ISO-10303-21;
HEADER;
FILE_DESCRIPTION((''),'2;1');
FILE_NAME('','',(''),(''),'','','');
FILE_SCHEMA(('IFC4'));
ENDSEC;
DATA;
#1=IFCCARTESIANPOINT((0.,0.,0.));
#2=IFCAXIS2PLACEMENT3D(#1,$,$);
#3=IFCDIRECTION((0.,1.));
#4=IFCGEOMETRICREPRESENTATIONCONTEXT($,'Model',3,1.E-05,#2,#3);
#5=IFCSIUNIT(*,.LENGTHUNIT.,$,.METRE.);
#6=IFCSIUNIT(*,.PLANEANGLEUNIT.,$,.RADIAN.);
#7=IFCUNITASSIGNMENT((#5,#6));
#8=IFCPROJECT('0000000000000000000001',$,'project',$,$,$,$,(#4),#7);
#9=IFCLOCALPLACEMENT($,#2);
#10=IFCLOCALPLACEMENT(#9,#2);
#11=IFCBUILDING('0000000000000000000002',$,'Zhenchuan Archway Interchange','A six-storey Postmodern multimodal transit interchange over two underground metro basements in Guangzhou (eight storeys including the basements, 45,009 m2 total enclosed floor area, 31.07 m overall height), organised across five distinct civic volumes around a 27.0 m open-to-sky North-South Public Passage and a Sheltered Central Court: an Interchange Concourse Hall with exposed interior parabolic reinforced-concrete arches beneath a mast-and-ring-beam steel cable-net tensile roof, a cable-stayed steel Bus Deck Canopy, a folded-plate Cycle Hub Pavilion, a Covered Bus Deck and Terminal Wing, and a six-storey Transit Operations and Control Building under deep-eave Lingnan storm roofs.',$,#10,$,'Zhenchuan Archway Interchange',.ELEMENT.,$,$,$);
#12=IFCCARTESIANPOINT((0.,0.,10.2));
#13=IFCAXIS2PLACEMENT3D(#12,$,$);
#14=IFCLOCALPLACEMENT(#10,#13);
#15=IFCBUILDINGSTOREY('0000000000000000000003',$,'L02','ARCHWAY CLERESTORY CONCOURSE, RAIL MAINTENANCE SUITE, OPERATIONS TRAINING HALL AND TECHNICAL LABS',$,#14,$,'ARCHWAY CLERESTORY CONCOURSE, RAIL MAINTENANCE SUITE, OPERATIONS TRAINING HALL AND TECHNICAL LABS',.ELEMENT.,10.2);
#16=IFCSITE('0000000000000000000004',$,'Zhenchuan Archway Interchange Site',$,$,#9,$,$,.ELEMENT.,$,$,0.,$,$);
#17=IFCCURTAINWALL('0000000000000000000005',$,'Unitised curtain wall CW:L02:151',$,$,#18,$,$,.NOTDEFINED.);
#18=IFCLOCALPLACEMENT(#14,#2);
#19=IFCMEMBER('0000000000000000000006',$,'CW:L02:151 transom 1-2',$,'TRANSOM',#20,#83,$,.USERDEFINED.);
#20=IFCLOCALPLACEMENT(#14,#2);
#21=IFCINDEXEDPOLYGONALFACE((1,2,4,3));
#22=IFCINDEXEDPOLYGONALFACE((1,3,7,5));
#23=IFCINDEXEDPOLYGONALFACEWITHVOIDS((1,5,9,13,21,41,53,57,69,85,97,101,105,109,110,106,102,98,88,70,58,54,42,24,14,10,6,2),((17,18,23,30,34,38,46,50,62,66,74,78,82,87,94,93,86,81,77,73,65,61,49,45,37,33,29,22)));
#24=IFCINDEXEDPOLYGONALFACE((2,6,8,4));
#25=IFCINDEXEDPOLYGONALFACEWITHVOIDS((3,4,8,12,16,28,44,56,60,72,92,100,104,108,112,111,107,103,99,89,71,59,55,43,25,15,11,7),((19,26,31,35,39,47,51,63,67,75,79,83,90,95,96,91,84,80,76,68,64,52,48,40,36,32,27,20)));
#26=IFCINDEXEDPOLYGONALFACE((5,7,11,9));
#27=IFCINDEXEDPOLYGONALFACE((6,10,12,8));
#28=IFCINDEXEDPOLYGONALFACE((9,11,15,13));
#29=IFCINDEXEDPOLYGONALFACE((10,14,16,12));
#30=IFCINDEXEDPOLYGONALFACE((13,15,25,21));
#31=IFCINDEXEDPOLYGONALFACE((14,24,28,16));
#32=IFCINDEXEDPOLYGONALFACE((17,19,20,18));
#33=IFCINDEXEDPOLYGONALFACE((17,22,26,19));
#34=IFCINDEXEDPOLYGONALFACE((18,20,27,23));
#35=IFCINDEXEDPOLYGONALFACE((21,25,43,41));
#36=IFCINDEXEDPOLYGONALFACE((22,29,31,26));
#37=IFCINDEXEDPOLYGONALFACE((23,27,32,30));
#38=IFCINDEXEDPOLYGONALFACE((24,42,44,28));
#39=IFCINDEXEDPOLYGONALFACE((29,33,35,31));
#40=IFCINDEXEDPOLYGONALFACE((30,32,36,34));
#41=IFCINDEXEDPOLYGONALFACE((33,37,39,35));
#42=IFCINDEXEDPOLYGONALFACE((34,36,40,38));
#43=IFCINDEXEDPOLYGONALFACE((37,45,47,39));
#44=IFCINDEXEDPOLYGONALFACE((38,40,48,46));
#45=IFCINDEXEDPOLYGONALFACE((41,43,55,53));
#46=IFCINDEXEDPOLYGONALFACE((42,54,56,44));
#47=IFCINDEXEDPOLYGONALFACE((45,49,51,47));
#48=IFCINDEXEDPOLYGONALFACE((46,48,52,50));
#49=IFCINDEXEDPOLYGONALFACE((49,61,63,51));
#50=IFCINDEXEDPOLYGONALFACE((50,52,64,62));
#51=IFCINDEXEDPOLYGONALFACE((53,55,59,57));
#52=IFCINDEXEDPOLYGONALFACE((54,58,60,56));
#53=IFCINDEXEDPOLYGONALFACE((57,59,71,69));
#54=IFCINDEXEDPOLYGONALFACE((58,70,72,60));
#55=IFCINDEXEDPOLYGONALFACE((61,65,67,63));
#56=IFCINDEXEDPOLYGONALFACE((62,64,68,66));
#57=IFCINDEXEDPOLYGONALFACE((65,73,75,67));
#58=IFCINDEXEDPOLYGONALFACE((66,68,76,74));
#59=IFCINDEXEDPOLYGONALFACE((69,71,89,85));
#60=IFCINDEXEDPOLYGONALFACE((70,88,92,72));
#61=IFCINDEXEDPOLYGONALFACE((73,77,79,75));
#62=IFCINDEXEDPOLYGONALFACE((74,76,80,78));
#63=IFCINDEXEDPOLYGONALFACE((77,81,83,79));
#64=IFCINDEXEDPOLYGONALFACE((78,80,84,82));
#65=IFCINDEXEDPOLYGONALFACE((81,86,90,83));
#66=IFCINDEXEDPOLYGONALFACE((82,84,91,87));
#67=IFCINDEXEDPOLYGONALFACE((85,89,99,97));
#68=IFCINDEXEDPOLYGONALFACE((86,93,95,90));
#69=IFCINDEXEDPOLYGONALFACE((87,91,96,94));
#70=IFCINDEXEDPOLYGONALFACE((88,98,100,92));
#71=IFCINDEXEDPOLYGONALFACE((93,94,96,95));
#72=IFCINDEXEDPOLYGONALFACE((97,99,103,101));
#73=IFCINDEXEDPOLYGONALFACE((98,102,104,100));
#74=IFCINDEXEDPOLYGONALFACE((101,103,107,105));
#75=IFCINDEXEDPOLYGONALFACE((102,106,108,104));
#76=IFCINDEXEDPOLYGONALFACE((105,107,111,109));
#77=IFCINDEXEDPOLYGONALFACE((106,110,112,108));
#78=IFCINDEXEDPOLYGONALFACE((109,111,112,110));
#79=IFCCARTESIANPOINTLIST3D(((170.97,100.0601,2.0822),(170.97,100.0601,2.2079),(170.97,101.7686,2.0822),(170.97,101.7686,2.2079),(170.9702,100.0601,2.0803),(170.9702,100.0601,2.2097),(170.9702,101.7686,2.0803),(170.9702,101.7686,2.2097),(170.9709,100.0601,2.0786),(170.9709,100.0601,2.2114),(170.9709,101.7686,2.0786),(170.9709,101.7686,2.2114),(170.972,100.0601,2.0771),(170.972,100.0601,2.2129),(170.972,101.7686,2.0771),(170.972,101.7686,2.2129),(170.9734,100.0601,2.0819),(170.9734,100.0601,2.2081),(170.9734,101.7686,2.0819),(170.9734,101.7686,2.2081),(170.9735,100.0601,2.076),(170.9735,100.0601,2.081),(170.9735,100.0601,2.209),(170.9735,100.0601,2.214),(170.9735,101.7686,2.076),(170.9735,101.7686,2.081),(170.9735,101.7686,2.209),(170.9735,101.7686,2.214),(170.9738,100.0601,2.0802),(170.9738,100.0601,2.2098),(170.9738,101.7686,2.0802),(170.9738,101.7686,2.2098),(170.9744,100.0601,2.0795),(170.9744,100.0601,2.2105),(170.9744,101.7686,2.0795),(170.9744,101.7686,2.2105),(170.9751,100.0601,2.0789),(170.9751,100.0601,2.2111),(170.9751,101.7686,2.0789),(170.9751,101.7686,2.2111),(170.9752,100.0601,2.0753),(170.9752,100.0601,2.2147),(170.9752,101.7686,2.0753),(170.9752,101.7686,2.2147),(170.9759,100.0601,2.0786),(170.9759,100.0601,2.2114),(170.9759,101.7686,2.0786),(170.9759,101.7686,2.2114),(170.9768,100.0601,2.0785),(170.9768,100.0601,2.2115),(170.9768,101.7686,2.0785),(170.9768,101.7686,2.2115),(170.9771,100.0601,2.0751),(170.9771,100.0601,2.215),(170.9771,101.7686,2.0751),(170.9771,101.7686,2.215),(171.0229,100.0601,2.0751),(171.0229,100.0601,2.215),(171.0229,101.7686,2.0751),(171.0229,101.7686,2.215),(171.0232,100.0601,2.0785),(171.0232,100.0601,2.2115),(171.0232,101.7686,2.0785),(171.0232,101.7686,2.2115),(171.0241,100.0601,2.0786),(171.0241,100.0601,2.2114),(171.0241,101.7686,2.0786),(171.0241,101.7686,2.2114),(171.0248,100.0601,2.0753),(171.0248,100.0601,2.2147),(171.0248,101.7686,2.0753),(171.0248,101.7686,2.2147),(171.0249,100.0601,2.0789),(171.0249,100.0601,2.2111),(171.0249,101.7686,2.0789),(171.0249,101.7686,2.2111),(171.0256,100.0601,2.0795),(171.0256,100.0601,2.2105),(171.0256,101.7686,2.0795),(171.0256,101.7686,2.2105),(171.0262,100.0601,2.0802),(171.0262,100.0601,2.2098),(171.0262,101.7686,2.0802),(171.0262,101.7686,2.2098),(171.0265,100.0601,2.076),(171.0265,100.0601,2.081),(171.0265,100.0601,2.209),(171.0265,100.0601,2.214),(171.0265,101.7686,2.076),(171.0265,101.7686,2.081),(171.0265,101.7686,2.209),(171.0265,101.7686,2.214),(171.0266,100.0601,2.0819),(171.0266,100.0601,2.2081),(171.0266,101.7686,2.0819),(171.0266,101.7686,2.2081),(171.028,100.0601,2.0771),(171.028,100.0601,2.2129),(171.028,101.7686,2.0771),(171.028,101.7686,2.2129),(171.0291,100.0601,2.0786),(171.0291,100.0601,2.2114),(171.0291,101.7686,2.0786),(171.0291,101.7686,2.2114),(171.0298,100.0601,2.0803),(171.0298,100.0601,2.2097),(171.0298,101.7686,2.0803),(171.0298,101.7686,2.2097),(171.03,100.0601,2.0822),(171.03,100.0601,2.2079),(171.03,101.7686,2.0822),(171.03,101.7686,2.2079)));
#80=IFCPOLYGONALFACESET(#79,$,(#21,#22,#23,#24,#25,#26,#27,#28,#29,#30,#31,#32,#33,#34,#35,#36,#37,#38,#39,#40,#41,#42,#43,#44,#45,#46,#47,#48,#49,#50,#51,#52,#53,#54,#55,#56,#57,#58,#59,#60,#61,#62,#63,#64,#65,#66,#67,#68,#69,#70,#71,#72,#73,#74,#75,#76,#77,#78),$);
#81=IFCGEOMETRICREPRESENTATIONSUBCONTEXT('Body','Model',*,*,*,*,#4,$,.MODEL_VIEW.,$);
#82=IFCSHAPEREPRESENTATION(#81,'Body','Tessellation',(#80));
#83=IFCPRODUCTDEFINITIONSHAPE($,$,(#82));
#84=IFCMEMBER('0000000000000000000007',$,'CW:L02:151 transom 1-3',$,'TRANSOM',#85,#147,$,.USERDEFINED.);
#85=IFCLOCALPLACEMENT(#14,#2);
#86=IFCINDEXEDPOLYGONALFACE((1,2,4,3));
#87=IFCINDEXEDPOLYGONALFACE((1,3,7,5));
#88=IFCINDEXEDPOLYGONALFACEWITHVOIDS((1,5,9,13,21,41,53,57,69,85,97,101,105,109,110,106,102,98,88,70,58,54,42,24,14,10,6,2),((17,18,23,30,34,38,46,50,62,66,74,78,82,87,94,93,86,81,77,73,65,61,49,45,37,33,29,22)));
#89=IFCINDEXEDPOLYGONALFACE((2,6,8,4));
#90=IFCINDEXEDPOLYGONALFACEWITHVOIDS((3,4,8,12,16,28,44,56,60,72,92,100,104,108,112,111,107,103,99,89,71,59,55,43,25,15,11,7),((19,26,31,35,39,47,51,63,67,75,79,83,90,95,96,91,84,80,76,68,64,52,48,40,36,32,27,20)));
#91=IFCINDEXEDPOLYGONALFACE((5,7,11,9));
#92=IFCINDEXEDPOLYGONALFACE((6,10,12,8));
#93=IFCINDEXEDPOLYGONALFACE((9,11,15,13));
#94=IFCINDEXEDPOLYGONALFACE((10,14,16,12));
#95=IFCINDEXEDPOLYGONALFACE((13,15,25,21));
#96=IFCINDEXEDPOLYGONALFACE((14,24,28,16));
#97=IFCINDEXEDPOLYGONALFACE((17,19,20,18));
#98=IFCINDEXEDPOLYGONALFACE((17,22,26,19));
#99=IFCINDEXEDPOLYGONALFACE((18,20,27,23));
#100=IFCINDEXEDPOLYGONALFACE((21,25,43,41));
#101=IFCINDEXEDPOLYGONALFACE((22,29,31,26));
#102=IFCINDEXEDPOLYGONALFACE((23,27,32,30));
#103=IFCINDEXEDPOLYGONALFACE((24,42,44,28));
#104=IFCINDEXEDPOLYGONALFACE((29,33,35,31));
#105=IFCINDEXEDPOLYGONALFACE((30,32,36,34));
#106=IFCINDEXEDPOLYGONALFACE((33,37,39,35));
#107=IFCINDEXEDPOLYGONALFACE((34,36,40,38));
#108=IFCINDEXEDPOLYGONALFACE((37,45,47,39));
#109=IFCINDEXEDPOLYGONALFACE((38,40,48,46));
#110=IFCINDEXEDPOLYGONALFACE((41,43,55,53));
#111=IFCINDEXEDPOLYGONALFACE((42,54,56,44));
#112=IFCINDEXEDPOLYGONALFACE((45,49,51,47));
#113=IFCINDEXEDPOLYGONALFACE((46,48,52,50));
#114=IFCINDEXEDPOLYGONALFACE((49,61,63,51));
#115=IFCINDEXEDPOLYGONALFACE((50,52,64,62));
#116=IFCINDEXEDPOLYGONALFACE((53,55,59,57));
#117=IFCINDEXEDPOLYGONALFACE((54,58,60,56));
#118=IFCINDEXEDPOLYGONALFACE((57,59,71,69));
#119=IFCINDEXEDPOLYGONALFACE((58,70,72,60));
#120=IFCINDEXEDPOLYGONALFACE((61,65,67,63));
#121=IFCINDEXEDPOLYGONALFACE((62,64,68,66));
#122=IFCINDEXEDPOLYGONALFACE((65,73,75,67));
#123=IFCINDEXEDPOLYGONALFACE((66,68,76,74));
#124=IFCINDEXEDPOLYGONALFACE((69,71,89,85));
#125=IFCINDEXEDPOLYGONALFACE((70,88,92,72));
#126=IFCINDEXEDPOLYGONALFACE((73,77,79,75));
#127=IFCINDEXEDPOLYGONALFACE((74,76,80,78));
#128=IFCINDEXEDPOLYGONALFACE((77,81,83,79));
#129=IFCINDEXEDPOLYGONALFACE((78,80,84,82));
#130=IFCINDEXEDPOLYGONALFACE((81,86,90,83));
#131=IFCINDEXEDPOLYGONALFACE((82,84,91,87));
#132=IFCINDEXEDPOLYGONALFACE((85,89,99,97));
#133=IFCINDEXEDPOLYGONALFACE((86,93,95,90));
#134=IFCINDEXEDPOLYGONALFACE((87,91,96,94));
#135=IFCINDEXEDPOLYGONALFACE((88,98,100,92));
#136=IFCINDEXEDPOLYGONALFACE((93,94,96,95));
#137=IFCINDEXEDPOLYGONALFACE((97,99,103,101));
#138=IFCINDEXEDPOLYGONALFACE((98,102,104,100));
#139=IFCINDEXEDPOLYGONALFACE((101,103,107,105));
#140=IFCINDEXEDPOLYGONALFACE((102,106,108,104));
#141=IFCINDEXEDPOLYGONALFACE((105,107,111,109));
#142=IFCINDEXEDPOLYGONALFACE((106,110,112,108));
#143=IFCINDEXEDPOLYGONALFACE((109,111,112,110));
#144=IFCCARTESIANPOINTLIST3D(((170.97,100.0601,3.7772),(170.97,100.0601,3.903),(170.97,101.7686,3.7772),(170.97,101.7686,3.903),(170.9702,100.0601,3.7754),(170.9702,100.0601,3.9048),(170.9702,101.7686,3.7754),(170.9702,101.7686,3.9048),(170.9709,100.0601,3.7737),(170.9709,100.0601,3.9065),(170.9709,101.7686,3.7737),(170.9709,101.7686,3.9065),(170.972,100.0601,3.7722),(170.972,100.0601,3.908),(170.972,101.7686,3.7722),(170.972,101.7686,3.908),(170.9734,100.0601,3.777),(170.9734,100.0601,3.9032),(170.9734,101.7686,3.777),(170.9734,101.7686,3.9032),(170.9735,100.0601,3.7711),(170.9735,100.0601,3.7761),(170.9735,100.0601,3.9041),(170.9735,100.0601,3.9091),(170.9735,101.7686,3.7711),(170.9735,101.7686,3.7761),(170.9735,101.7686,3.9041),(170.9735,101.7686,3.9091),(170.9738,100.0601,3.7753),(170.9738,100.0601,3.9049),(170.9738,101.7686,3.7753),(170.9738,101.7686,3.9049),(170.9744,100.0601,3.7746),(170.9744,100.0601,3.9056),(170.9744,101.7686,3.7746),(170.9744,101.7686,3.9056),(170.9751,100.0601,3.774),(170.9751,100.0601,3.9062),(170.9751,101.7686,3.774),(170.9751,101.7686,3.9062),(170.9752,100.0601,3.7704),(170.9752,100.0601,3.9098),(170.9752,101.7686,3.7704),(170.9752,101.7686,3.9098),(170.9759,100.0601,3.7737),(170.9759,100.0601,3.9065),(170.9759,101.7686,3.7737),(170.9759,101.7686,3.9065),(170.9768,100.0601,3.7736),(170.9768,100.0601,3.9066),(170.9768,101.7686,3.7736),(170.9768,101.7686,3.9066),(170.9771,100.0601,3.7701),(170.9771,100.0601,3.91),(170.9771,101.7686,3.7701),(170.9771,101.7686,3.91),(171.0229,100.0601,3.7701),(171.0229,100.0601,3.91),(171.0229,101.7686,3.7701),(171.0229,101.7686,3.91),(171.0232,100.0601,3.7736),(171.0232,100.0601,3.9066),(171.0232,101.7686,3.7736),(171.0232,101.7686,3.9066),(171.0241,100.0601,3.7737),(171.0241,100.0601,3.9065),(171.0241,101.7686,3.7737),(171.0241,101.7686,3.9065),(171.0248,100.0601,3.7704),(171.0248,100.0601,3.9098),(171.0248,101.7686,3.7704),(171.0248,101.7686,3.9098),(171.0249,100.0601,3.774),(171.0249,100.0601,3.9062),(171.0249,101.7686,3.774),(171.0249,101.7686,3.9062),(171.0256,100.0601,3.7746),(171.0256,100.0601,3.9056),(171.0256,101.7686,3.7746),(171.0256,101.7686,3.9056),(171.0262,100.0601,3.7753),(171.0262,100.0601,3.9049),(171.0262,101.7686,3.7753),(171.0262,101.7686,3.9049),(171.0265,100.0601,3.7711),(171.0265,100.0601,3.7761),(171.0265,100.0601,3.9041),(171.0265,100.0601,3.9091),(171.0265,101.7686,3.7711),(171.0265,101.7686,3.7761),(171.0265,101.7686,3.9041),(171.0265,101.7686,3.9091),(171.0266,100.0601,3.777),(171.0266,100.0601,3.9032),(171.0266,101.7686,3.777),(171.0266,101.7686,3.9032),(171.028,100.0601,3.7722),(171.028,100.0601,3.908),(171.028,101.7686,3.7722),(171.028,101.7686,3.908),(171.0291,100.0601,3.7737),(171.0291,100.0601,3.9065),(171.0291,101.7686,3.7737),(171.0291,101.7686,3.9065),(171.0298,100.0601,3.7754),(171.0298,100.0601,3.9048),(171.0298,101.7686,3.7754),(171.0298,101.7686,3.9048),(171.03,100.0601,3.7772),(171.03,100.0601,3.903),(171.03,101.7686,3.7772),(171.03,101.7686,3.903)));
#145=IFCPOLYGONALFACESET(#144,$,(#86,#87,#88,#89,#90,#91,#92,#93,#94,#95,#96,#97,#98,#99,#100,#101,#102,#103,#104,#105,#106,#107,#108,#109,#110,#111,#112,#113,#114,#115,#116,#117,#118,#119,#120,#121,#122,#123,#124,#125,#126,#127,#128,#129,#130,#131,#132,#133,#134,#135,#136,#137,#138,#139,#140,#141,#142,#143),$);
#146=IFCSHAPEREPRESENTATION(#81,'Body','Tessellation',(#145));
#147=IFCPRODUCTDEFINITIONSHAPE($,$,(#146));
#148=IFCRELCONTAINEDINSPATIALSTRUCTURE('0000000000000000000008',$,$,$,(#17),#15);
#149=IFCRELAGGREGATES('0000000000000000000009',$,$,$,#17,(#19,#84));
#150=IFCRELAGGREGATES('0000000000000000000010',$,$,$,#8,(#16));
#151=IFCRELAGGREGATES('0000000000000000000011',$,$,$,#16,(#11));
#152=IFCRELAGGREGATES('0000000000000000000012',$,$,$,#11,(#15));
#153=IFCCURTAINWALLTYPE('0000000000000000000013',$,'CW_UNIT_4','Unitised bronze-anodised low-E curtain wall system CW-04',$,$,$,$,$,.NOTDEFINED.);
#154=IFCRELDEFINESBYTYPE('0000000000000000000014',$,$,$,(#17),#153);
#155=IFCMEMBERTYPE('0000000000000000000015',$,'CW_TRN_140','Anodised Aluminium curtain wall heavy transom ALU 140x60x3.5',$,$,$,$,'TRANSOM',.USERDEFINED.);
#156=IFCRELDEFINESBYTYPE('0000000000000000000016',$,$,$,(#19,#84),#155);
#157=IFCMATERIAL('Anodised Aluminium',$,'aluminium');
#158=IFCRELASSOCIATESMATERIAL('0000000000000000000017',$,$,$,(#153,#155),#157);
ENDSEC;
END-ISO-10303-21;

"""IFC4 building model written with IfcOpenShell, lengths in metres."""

from ifc_helpers import new_model, si_unit, direction, frame, origin, origin_2d, place, context, subcontext, project, spatial, hollow_rectangle, extrude, material, material_profile, profile_set, type_object, element, aggregate, save


model = new_model("IFC4")

# Units and contexts
model_context = context("Model", 3, precision=1e-05, world=origin(), true_north=direction((0.0, 1.0)))
body_context = subcontext(model_context, "Body", "Model", "MODEL_VIEW")
ifc_project = project(units=[si_unit("LENGTHUNIT", "METRE"), si_unit("PLANEANGLEUNIT", "RADIAN")], contexts=[model_context])

# Site, building, storey
site_placement = place(None, origin())
site = spatial("IfcSite", under=ifc_project, at=site_placement, Name="Zhenchuan Archway Interchange Site", CompositionType="ELEMENT", RefElevation=0.0)
building_placement = place(site_placement, origin())
building = spatial("IfcBuilding", under=site, at=building_placement, Name="Zhenchuan Archway Interchange", Description="A six-storey Postmodern multimodal transit interchange over two underground metro basements in Guangzhou (eight storeys including the basements, 45,009 m2 total enclosed floor area, 31.07 m overall height), organised across five distinct civic volumes around a 27.0 m open-to-sky North-South Public Passage and a Sheltered Central Court: an Interchange Concourse Hall with exposed interior parabolic reinforced-concrete arches beneath a mast-and-ring-beam steel cable-net tensile roof, a cable-stayed steel Bus Deck Canopy, a folded-plate Cycle Hub Pavilion, a Covered Bus Deck and Terminal Wing, and a six-storey Transit Operations and Control Building under deep-eave Lingnan storm roofs.", LongName="Zhenchuan Archway Interchange", CompositionType="ELEMENT")
storey_placement = place(building_placement, frame((0.0, 0.0, 10.2)))
storey = spatial("IfcBuildingStorey", under=building, at=storey_placement, Name="L02", Description="ARCHWAY CLERESTORY CONCOURSE, RAIL MAINTENANCE SUITE, OPERATIONS TRAINING HALL AND TECHNICAL LABS", LongName="ARCHWAY CLERESTORY CONCOURSE, RAIL MAINTENANCE SUITE, OPERATIONS TRAINING HALL AND TECHNICAL LABS", CompositionType="ELEMENT", Elevation=10.2)

# Curtain wall, members
ifc_material_1 = material(Name="Anodised Aluminium", Category="aluminium")
curtain_wall_type = type_object("IfcCurtainWallType", Name="CW_UNIT_4", Description="Unitised bronze-anodised low-E curtain wall system CW-04", PredefinedType="NOTDEFINED", material=ifc_material_1)
curtain_wall_placement = place(storey_placement, origin())
curtain_wall = element("IfcCurtainWall", 1, at=curtain_wall_placement, inside=storey, type_object=curtain_wall_type, Name="Unitised curtain wall CW:L02:151", PredefinedType="NOTDEFINED")
ifc_material_profile_1 = material_profile(ifc_material_1, hollow_rectangle(XDim=0.0601, YDim=0.1399, WallThickness=0.0034, InnerFilletRadius=0.0034, OuterFilletRadius=0.0071, at=origin_2d()), Name="ALU 140x60x3.5")
ifc_profile_set_1 = profile_set([ifc_material_profile_1], Name="Anodised Aluminium")
member_type_1 = type_object("IfcMemberType", Name="CW_TRN_140", Description="Anodised Aluminium curtain wall heavy transom ALU 140x60x3.5", ElementType="TRANSOM", PredefinedType="USERDEFINED", material=ifc_profile_set_1)
member_1_placement = place(storey_placement, frame((171.0, 101.7686, 2.145), z_axis=(0.0, -1.0, 0.0), x_axis=(1.0, 0.0, 0.0)))
member_1 = element("IfcMember", 2, at=member_1_placement, type_object=member_type_1, Name="CW:L02:151 transom 1-2", ObjectType="TRANSOM", PredefinedType="USERDEFINED", context=body_context, shape_type="SweptSolid", body=[
    extrude(hollow_rectangle(XDim=0.0601, YDim=0.1399, WallThickness=0.0034, InnerFilletRadius=0.0034, OuterFilletRadius=0.0071, at=origin_2d()), origin(), (0.0, 0.0, 1.0), 1.7085),
])
member_2_placement = place(storey_placement, frame((171.0, 101.7686, 3.8401), z_axis=(0.0, -1.0, 0.0), x_axis=(1.0, 0.0, 0.0)))
member_2 = element("IfcMember", 3, at=member_2_placement, type_object=member_type_1, Name="CW:L02:151 transom 1-3", ObjectType="TRANSOM", PredefinedType="USERDEFINED", context=body_context, shape_type="SweptSolid", body=[
    extrude(hollow_rectangle(XDim=0.0601, YDim=0.1399, WallThickness=0.0034, InnerFilletRadius=0.0034, OuterFilletRadius=0.0071, at=origin_2d()), origin(), (0.0, 0.0, 1.0), 1.7085),
])
aggregate(curtain_wall, [member_1, member_2])

save(model, "model.ifc")
